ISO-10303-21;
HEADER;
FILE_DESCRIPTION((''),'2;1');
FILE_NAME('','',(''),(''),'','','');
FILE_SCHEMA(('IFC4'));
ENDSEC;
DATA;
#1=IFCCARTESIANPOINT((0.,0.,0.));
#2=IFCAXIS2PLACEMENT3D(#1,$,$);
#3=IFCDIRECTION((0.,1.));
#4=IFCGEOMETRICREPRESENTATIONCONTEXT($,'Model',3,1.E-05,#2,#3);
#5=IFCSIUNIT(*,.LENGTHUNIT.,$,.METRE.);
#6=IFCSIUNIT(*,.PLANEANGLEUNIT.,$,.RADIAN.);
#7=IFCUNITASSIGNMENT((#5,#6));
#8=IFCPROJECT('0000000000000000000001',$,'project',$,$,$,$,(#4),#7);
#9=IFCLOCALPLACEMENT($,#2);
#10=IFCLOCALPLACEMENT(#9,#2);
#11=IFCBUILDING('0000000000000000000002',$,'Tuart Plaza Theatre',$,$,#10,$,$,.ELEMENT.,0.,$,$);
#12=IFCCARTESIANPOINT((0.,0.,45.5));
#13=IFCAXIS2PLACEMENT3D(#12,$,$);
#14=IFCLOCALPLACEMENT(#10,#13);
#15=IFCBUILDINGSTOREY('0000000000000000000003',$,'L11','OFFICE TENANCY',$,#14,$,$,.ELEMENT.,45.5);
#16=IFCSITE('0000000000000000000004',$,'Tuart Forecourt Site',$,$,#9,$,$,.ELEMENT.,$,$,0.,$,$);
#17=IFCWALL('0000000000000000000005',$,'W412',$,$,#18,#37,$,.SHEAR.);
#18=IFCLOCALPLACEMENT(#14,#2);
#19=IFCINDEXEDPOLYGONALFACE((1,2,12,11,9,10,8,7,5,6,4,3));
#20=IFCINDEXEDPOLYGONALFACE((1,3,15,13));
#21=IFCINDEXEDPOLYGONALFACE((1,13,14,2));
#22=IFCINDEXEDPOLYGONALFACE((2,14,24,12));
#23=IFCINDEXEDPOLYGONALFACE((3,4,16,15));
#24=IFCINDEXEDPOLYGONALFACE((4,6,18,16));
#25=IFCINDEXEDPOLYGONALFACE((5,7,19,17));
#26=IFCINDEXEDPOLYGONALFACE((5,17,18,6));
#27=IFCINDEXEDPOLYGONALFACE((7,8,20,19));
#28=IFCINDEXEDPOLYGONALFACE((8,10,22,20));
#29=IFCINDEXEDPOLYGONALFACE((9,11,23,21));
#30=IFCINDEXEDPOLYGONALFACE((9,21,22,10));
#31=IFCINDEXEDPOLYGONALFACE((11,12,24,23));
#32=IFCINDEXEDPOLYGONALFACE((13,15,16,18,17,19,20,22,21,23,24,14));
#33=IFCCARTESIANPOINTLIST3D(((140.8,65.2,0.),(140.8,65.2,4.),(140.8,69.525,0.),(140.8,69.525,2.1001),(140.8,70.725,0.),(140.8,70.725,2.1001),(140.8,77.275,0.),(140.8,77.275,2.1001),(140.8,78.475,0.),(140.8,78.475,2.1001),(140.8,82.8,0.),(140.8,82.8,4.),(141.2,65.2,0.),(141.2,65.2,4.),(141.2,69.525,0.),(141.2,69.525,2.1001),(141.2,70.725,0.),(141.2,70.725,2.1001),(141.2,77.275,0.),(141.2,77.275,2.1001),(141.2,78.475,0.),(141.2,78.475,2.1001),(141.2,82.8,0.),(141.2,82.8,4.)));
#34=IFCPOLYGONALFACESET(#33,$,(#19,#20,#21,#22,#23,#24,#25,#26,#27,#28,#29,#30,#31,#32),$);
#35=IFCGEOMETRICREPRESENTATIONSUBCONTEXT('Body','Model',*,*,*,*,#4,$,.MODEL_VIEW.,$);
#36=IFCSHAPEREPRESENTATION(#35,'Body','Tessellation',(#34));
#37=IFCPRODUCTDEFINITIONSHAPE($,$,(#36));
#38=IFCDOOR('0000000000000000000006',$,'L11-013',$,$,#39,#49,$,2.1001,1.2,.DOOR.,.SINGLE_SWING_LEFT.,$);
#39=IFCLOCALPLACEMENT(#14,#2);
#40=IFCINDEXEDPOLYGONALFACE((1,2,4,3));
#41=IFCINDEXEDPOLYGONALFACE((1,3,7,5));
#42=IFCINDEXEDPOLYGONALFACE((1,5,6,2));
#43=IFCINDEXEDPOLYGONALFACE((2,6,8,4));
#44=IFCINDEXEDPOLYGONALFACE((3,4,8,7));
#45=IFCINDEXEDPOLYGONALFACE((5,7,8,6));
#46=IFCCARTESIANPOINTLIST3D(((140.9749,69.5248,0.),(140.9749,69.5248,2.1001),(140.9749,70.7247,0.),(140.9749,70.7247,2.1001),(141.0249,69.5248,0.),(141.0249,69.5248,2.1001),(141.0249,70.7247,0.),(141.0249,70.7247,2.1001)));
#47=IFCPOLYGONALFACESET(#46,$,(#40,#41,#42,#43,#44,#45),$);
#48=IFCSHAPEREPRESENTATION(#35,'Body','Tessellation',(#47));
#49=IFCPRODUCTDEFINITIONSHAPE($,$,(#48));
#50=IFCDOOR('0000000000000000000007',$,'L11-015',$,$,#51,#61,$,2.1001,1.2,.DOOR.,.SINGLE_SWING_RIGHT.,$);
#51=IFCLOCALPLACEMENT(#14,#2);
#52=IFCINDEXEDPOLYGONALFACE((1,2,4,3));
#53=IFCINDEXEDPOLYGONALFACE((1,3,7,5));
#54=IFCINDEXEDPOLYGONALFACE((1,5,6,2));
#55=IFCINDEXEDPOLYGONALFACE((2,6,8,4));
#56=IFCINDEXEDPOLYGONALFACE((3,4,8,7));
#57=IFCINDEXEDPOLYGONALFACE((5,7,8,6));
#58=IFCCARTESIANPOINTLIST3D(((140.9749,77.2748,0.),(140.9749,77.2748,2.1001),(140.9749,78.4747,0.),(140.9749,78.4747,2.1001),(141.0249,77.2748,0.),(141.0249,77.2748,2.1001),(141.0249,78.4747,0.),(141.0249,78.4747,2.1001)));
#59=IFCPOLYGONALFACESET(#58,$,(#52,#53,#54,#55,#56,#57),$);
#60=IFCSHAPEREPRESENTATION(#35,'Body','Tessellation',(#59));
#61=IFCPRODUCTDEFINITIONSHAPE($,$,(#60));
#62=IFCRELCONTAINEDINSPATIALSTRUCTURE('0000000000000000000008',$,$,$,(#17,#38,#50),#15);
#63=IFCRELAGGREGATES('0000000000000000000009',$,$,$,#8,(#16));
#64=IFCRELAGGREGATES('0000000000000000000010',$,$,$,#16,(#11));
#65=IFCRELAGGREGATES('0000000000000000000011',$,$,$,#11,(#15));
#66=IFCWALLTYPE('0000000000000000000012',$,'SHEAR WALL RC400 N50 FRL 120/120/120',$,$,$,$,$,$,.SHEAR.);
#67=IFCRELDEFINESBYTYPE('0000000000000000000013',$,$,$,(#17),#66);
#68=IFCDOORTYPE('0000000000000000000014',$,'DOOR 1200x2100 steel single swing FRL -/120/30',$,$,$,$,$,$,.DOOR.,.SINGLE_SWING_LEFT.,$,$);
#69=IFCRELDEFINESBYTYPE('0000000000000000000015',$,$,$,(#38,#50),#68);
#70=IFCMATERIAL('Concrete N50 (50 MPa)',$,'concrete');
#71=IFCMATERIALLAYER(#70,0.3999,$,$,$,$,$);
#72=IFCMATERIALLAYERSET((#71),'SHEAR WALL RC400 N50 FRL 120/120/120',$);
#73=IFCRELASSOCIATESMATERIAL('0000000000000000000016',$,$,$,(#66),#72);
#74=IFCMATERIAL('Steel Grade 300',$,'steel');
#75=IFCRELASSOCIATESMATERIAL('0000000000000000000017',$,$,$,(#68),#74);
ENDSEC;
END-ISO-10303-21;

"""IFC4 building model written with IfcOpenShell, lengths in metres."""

from ifc_helpers import new_model, si_unit, direction, frame, frame_2d, origin, place, context, subcontext, project, spatial, rectangle, extrude, material, layer, layer_set, type_object, element, fill, save


model = new_model("IFC4")

# Units and contexts
model_context = context("Model", 3, precision=1e-05, world=origin(), true_north=direction((0.0, 1.0)))
body_context = subcontext(model_context, "Body", "Model", "MODEL_VIEW")
ifc_project = project(units=[si_unit("LENGTHUNIT", "METRE"), si_unit("PLANEANGLEUNIT", "RADIAN")], contexts=[model_context])

# Site, building, storey
site_placement = place(None, origin())
site = spatial("IfcSite", under=ifc_project, at=site_placement, Name="Tuart Forecourt Site", CompositionType="ELEMENT", RefElevation=0.0)
building_placement = place(site_placement, origin())
building = spatial("IfcBuilding", under=site, at=building_placement, Name="Tuart Plaza Theatre", CompositionType="ELEMENT", ElevationOfRefHeight=0.0)
storey_placement = place(building_placement, frame((0.0, 0.0, 45.5)))
storey = spatial("IfcBuildingStorey", under=building, at=storey_placement, Name="L11", Description="OFFICE TENANCY", CompositionType="ELEMENT", Elevation=45.5)

# Wall, openings, doors
ifc_material_1 = material(Name="Concrete N50 (50 MPa)", Category="concrete")
ifc_layer_1 = layer(ifc_material_1, 0.3999)
ifc_layer_set_1 = layer_set([ifc_layer_1], Name="SHEAR WALL RC400 N50 FRL 120/120/120")
wall_type_1 = type_object("IfcWallType", Name="SHEAR WALL RC400 N50 FRL 120/120/120", PredefinedType="SHEAR", material=ifc_layer_set_1)
wall_1_placement = place(storey_placement, frame((141.0, 65.2, 0.0), z_axis=(0.0, 0.0, 1.0), x_axis=(0.0, 1.0, 0.0)))
wall_1 = element("IfcWall", 1, at=wall_1_placement, inside=storey, type_object=wall_type_1, Name="W412", PredefinedType="SHEAR", context=body_context, shape_type="SweptSolid", body=[
    extrude(rectangle(XDim=17.6001, YDim=0.3999, at=frame_2d((8.8, 0.0))), origin(), (0.0, 0.0, 1.0), 4.0),
])
opening_1_placement = place(wall_1_placement, frame((4.325, 0.0, 0.0)))
opening_1 = element("IfcOpeningElement", 2, at=opening_1_placement, cuts=wall_1, PredefinedType="OPENING", context=body_context, shape_type="SweptSolid", body=[
    extrude(rectangle(XDim=1.2, YDim=2.1001, at=frame_2d((0.6001, 1.05))), frame((0.0, 0.21, 0.0), z_axis=(0.0, -1.0, 0.0), x_axis=(1.0, 0.0, 0.0)), (0.0, 0.0, 1.0), 0.4199),
])
opening_2_placement = place(wall_1_placement, frame((12.075, 0.0, 0.0)))
opening_2 = element("IfcOpeningElement", 3, at=opening_2_placement, cuts=wall_1, PredefinedType="OPENING", context=body_context, shape_type="SweptSolid", body=[
    extrude(rectangle(XDim=1.2, YDim=2.1001, at=frame_2d((0.6001, 1.05))), frame((0.0, 0.21, 0.0), z_axis=(0.0, -1.0, 0.0), x_axis=(1.0, 0.0, 0.0)), (0.0, 0.0, 1.0), 0.4199),
])
ifc_material_2 = material(Name="Steel Grade 300", Category="steel")
door_type_1 = type_object("IfcDoorType", Name="DOOR 1200x2100 steel single swing FRL -/120/30", OperationType="SINGLE_SWING_LEFT", PredefinedType="DOOR", material=ifc_material_2)
door_1_placement = place(opening_1_placement, frame((1.2, 0.0, 0.0), z_axis=(0.0, 0.0, 1.0), x_axis=(-1.0, 0.0, 0.0)))
door_1 = element("IfcDoor", 4, at=door_1_placement, inside=storey, type_object=door_type_1, Name="L11-013", OperationType="SINGLE_SWING_LEFT", OverallHeight=2.1001, OverallWidth=1.2, PredefinedType="DOOR", context=body_context, shape_type="SweptSolid", body=[
    extrude(rectangle(XDim=1.2, YDim=2.1001, at=frame_2d((0.6001, 1.05))), frame((0.0, 0.0249, 0.0), z_axis=(0.0, -1.0, 0.0), x_axis=(1.0, 0.0, 0.0)), (0.0, 0.0, 1.0), 0.05),
])
fill(opening_1, door_1)
door_2_placement = place(opening_2_placement, frame((1.2, 0.0, 0.0), z_axis=(0.0, 0.0, 1.0), x_axis=(-1.0, 0.0, 0.0)))
door_2 = element("IfcDoor", 5, at=door_2_placement, inside=storey, type_object=door_type_1, Name="L11-015", OperationType="SINGLE_SWING_RIGHT", OverallHeight=2.1001, OverallWidth=1.2, PredefinedType="DOOR", context=body_context, shape_type="SweptSolid", body=[
    extrude(rectangle(XDim=1.2, YDim=2.1001, at=frame_2d((0.6001, 1.05))), frame((0.0, 0.0249, 0.0), z_axis=(0.0, -1.0, 0.0), x_axis=(1.0, 0.0, 0.0)), (0.0, 0.0, 1.0), 0.05),
])
fill(opening_2, door_2)

save(model, "model.ifc")
